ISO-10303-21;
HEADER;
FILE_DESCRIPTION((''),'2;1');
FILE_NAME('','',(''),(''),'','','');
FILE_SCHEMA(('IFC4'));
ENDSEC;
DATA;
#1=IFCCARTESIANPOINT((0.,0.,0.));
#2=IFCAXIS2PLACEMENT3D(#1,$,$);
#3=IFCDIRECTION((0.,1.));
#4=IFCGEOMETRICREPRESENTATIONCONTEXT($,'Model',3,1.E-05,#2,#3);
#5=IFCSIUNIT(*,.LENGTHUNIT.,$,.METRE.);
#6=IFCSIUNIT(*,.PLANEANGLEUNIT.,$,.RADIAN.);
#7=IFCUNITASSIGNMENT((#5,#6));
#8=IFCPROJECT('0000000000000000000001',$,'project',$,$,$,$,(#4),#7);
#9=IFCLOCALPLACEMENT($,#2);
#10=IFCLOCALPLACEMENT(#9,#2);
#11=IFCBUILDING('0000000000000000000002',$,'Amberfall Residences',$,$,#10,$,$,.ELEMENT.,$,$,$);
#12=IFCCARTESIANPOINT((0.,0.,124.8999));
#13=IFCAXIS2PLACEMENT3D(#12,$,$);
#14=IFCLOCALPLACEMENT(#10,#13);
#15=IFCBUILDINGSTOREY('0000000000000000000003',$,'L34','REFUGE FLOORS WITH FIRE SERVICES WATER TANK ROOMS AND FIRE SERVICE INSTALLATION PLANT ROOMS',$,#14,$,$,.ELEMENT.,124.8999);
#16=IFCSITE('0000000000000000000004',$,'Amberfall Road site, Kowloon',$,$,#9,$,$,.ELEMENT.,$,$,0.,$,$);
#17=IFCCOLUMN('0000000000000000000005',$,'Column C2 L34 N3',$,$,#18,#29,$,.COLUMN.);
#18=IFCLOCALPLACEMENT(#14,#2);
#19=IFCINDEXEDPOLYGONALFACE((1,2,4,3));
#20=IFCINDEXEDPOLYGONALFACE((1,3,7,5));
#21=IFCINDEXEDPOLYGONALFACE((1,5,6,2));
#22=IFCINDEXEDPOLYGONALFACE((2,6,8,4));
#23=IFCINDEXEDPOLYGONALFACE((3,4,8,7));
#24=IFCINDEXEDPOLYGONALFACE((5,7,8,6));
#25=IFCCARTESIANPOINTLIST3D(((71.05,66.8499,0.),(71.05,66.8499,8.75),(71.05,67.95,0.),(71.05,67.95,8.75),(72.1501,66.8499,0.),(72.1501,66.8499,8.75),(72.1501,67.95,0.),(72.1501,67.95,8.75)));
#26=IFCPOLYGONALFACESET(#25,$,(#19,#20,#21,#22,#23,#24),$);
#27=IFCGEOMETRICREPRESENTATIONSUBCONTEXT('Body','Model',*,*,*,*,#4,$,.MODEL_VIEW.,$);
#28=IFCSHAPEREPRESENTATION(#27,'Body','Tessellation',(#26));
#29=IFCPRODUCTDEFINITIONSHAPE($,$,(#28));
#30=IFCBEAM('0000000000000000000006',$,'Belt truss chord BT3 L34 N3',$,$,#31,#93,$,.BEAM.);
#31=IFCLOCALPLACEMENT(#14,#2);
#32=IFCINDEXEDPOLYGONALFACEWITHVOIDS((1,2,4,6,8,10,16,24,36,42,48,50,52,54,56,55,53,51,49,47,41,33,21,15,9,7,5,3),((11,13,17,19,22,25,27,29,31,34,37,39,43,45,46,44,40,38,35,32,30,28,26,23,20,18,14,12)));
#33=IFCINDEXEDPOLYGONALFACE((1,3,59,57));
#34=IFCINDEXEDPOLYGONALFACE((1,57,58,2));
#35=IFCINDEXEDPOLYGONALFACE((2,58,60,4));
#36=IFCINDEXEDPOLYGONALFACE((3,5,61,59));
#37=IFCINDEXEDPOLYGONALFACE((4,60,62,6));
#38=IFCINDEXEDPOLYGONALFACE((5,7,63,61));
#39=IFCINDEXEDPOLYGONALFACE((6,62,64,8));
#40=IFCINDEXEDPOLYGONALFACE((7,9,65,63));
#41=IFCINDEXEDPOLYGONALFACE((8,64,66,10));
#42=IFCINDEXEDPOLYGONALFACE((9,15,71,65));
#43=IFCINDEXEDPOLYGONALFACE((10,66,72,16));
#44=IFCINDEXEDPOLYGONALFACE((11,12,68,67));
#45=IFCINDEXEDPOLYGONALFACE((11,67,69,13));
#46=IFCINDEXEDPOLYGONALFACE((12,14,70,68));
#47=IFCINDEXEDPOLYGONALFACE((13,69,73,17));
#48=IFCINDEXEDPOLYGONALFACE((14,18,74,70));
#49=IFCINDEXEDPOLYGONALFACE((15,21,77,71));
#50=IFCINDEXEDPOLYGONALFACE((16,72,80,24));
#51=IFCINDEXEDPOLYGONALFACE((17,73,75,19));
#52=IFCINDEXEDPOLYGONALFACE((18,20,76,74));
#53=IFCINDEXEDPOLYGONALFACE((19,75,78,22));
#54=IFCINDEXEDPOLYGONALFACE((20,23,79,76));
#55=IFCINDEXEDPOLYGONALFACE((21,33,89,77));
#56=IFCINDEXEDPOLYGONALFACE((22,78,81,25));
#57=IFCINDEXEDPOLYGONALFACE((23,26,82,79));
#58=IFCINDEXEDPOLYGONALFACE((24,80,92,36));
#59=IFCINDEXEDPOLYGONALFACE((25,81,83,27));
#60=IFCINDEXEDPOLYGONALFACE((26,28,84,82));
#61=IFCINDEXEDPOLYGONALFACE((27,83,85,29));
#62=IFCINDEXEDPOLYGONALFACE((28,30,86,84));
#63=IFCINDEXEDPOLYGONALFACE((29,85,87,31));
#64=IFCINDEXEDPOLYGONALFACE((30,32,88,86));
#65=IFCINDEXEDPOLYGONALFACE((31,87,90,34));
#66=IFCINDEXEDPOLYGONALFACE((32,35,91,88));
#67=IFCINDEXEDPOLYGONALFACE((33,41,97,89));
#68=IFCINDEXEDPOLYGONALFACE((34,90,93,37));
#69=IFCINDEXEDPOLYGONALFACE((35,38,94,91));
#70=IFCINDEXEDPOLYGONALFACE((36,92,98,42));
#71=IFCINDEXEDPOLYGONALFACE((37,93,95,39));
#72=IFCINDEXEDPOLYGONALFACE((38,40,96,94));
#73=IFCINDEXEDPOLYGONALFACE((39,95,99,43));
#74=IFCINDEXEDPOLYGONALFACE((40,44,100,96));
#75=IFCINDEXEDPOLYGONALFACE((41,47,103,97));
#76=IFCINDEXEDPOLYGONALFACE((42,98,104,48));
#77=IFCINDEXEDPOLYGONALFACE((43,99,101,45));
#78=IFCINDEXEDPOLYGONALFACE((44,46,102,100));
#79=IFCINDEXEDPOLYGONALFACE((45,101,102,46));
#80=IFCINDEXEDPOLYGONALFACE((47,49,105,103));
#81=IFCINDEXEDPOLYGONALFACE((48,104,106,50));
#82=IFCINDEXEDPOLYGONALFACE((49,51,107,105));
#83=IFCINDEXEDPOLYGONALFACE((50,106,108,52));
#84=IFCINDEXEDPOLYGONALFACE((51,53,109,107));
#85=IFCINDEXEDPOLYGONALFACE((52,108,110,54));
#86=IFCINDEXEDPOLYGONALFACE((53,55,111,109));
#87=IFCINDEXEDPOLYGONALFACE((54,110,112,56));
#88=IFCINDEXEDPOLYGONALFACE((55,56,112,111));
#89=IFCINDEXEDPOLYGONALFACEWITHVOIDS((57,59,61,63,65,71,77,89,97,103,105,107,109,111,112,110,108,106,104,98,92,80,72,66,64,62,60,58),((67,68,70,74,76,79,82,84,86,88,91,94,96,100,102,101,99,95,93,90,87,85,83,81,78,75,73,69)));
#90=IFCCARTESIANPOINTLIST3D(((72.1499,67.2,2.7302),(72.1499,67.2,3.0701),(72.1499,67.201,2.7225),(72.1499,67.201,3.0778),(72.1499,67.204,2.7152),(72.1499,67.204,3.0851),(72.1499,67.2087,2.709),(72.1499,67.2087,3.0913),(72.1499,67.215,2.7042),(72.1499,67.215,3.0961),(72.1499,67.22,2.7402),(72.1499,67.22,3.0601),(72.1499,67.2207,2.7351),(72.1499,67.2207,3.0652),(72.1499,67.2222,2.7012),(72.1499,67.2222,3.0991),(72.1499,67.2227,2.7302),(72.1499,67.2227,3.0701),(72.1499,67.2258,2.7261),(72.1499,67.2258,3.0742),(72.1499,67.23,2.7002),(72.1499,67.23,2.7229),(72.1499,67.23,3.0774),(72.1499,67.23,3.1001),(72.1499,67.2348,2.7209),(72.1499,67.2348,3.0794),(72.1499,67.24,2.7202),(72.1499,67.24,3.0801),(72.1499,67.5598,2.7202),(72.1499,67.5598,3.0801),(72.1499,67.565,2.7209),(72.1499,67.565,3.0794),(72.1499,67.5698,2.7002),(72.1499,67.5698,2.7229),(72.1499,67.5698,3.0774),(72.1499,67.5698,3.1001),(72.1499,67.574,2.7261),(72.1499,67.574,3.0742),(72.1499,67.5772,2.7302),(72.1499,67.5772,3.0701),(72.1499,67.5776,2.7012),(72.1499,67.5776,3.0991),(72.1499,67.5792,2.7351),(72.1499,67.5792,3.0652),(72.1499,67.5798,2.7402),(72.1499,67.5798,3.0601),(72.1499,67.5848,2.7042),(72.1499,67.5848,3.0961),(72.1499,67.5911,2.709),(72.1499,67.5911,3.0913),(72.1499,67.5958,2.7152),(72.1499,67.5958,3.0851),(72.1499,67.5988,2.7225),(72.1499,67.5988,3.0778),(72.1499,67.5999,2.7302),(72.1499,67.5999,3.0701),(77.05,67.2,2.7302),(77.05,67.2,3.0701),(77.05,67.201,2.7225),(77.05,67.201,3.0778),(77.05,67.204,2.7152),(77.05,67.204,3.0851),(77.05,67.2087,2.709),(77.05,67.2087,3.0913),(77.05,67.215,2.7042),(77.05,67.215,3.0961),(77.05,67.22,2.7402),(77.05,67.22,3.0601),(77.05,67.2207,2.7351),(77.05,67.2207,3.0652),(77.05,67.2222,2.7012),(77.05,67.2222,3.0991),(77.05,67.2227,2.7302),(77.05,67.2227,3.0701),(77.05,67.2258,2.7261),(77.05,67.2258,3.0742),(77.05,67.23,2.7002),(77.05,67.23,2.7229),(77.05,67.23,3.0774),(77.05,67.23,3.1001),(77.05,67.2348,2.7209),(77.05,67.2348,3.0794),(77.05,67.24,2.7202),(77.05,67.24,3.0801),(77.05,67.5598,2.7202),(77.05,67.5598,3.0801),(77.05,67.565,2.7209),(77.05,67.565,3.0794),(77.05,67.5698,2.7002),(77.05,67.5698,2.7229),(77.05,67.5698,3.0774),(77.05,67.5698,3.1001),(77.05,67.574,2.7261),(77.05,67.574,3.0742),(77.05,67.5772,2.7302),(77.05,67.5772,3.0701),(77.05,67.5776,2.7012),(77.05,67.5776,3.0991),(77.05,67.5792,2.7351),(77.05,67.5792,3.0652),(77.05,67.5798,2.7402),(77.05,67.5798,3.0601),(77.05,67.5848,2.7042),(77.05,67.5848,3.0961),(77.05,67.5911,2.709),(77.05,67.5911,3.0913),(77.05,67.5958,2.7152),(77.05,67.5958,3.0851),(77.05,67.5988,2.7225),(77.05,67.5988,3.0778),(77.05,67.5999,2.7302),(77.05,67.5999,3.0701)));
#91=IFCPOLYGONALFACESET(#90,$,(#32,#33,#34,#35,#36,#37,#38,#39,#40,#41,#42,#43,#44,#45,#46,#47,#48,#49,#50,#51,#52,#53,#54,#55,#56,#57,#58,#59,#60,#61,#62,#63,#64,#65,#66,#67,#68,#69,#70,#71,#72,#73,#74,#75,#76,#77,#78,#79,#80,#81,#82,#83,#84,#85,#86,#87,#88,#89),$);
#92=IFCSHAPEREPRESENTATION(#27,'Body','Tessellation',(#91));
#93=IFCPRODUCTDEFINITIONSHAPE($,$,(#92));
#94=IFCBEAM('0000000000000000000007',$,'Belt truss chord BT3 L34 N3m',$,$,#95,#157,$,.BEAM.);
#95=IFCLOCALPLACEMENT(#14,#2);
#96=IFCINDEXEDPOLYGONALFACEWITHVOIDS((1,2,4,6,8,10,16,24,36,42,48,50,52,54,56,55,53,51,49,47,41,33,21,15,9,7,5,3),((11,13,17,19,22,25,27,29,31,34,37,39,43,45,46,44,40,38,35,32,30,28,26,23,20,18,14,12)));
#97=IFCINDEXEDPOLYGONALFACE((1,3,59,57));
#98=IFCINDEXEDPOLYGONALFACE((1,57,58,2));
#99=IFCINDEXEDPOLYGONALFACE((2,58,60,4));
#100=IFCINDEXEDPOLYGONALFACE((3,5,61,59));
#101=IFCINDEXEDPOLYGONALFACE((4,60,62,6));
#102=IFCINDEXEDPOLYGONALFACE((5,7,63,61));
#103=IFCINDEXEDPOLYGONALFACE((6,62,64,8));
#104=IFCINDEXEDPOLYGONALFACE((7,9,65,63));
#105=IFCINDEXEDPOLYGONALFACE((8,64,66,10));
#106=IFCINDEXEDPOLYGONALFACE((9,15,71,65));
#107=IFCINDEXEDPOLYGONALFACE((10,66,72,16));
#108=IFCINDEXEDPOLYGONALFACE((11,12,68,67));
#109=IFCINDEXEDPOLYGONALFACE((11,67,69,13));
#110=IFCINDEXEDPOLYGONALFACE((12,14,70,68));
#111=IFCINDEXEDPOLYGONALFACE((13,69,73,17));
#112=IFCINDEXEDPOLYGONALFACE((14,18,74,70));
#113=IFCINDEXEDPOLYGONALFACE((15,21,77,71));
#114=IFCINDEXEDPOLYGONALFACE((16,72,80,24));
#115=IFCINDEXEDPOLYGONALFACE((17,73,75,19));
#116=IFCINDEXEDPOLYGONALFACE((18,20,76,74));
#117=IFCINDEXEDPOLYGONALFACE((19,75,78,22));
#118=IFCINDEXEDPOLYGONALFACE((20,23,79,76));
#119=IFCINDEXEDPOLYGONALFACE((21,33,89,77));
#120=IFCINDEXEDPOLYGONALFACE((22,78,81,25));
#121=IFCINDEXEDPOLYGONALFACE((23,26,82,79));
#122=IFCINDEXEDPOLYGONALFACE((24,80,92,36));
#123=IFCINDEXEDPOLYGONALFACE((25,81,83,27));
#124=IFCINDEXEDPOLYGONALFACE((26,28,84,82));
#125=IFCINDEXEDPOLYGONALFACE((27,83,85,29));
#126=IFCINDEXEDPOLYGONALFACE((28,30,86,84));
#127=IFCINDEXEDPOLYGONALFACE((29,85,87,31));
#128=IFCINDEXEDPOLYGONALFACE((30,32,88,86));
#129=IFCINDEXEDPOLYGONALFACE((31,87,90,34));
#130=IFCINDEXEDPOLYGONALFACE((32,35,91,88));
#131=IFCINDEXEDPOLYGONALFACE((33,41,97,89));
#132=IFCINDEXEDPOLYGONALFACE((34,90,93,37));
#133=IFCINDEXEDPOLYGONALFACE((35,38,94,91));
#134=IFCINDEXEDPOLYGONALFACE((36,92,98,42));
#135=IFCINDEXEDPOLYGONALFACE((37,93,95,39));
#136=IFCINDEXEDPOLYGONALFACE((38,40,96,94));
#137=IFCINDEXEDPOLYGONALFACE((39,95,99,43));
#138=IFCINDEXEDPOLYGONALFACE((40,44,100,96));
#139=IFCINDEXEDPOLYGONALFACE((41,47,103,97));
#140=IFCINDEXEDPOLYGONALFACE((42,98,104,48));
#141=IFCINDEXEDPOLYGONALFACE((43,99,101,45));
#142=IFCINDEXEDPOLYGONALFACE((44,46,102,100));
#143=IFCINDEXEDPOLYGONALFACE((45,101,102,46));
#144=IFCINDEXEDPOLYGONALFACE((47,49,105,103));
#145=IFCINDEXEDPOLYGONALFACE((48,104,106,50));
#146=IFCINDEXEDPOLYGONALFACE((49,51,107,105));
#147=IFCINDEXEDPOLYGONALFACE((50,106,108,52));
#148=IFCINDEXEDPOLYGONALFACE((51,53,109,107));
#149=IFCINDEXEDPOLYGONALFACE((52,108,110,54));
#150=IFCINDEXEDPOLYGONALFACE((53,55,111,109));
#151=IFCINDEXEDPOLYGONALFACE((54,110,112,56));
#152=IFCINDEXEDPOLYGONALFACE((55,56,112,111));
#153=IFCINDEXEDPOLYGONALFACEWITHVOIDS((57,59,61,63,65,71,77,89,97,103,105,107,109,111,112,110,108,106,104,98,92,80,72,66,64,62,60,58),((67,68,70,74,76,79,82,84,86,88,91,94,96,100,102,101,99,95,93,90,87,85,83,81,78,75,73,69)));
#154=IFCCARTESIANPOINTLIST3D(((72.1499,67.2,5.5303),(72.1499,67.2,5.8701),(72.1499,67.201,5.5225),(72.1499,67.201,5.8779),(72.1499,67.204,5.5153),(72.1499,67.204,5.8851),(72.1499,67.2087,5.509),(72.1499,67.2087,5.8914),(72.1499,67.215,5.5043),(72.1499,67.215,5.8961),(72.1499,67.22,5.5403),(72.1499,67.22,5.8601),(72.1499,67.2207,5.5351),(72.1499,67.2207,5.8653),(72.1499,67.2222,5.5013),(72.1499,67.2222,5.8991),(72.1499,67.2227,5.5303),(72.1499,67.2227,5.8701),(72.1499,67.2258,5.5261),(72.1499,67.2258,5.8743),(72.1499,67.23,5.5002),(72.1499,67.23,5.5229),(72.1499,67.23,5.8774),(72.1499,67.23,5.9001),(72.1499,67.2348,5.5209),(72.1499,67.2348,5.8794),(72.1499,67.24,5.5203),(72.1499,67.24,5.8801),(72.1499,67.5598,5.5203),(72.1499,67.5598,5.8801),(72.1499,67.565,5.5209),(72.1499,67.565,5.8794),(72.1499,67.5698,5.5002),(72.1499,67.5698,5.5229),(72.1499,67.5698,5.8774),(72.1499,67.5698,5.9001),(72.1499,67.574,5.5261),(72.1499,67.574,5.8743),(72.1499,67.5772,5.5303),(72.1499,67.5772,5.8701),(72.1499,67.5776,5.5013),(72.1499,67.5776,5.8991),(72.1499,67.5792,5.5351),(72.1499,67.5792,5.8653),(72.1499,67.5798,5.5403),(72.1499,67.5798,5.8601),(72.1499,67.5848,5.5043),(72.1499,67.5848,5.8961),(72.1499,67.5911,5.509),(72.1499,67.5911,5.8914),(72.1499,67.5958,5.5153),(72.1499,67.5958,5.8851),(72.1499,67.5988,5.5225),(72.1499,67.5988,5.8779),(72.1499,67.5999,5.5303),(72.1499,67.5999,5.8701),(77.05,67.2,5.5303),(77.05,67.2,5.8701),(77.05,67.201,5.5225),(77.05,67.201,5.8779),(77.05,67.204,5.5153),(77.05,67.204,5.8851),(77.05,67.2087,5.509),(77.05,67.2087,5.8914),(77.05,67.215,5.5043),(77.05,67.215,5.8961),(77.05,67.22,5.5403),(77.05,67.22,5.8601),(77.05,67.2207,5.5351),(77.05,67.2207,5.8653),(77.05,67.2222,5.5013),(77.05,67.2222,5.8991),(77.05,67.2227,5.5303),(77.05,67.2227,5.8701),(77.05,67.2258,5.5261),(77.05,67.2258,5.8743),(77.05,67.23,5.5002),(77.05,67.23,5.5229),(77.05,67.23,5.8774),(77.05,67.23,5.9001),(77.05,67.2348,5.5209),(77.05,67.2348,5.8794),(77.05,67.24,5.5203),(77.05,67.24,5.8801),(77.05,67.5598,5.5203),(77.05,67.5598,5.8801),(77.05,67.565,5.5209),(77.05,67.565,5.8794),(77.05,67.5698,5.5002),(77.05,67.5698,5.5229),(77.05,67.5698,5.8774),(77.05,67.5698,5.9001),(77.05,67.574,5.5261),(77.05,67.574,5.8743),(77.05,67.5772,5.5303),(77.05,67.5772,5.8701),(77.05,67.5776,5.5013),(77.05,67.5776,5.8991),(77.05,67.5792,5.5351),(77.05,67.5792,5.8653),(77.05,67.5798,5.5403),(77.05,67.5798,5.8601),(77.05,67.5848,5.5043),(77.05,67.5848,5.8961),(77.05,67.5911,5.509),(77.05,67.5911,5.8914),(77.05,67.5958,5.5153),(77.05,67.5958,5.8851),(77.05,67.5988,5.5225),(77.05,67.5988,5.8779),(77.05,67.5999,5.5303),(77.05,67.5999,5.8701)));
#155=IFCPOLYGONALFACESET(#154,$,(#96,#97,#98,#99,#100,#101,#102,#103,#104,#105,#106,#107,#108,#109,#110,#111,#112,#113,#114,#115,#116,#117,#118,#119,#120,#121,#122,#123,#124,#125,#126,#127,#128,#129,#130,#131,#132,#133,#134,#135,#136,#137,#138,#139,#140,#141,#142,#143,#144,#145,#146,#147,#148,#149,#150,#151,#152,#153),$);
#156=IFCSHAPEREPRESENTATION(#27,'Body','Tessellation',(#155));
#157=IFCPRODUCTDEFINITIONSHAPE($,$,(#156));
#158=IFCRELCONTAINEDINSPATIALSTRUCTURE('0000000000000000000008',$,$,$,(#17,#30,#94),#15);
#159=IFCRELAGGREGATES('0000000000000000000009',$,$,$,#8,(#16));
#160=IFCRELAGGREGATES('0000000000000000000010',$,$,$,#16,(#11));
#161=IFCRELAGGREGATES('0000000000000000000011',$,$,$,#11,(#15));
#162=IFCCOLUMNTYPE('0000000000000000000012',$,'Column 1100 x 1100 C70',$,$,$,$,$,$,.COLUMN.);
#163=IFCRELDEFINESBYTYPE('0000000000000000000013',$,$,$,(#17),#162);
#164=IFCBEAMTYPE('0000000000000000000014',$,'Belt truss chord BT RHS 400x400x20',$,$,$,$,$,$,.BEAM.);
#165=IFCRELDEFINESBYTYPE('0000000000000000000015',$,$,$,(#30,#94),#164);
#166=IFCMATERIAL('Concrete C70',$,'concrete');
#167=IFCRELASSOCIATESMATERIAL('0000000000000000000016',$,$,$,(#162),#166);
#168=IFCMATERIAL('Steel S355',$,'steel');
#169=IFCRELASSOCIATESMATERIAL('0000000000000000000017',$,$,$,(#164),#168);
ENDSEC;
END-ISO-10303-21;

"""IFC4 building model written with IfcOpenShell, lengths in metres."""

from ifc_helpers import new_model, si_unit, direction, frame, origin, origin_2d, place, context, subcontext, project, spatial, rectangle, hollow_rectangle, extrude, material, material_profile, profile_set, type_object, element, save


model = new_model("IFC4")

# Units and contexts
model_context = context("Model", 3, precision=1e-05, world=origin(), true_north=direction((0.0, 1.0)))
body_context = subcontext(model_context, "Body", "Model", "MODEL_VIEW")
ifc_project = project(units=[si_unit("LENGTHUNIT", "METRE"), si_unit("PLANEANGLEUNIT", "RADIAN")], contexts=[model_context])

# Site, building, storey
site_placement = place(None, origin())
site = spatial("IfcSite", under=ifc_project, at=site_placement, Name="Amberfall Road site, Kowloon", CompositionType="ELEMENT", RefElevation=0.0)
building_placement = place(site_placement, origin())
building = spatial("IfcBuilding", under=site, at=building_placement, Name="Amberfall Residences", CompositionType="ELEMENT")
storey_placement = place(building_placement, frame((0.0, 0.0, 124.8999)))
storey = spatial("IfcBuildingStorey", under=building, at=storey_placement, Name="L34", Description="REFUGE FLOORS WITH FIRE SERVICES WATER TANK ROOMS AND FIRE SERVICE INSTALLATION PLANT ROOMS", CompositionType="ELEMENT", Elevation=124.8999)

# Column
ifc_material_1 = material(Name="Concrete C70", Category="concrete")
ifc_material_profile_1 = material_profile(ifc_material_1, rectangle(XDim=1.1001, YDim=1.1001, at=origin_2d()), Name="Column 1100 x 1100 C70")
ifc_profile_set_1 = profile_set([ifc_material_profile_1], Name="Concrete C70")
column_type = type_object("IfcColumnType", Name="Column 1100 x 1100 C70", PredefinedType="COLUMN", material=ifc_profile_set_1)
column_placement = place(storey_placement, frame((71.6001, 67.3999, 0.0), z_axis=(0.0, 0.0, 1.0), x_axis=(1.0, 0.0, 0.0)))
element("IfcColumn", 1, at=column_placement, inside=storey, type_object=column_type, Name="Column C2 L34 N3", PredefinedType="COLUMN", context=body_context, shape_type="SweptSolid", body=[
    extrude(rectangle(XDim=1.1001, YDim=1.1001, at=origin_2d()), origin(), (0.0, 0.0, 1.0), 8.75),
])

# Beams
ifc_material_2 = material(Name="Steel S355", Category="steel")
ifc_material_profile_2 = material_profile(ifc_material_2, hollow_rectangle(XDim=0.3999, YDim=0.3999, WallThickness=0.02, InnerFilletRadius=0.02, OuterFilletRadius=0.03, at=origin_2d()), Name="RHS 400x400x20")
ifc_profile_set_2 = profile_set([ifc_material_profile_2], Name="Steel S355")
beam_type_1 = type_object("IfcBeamType", Name="Belt truss chord BT RHS 400x400x20", PredefinedType="BEAM", material=ifc_profile_set_2)
for number, where, z_axis, x_axis, name in (
    (2, (72.1499, 67.3999, 2.9001), (1.0, 0.0, 0.0), (0.0, 1.0, 0.0), "Belt truss chord BT3 L34 N3"),
    (3, (72.1499, 67.3999, 5.7002), (1.0, 0.0, 0.0), (0.0, 1.0, 0.0), "Belt truss chord BT3 L34 N3m"),
):
    element("IfcBeam", number, at=place(storey_placement, frame(where, z_axis=z_axis, x_axis=x_axis)), inside=storey, type_object=beam_type_1, Name=name, PredefinedType="BEAM", context=body_context, shape_type="SweptSolid", body=[
        extrude(hollow_rectangle(XDim=0.3999, YDim=0.3999, WallThickness=0.02, InnerFilletRadius=0.02, OuterFilletRadius=0.03, at=origin_2d()), origin(), (0.0, 0.0, 1.0), 4.9001),
    ])

save(model, "model.ifc")
